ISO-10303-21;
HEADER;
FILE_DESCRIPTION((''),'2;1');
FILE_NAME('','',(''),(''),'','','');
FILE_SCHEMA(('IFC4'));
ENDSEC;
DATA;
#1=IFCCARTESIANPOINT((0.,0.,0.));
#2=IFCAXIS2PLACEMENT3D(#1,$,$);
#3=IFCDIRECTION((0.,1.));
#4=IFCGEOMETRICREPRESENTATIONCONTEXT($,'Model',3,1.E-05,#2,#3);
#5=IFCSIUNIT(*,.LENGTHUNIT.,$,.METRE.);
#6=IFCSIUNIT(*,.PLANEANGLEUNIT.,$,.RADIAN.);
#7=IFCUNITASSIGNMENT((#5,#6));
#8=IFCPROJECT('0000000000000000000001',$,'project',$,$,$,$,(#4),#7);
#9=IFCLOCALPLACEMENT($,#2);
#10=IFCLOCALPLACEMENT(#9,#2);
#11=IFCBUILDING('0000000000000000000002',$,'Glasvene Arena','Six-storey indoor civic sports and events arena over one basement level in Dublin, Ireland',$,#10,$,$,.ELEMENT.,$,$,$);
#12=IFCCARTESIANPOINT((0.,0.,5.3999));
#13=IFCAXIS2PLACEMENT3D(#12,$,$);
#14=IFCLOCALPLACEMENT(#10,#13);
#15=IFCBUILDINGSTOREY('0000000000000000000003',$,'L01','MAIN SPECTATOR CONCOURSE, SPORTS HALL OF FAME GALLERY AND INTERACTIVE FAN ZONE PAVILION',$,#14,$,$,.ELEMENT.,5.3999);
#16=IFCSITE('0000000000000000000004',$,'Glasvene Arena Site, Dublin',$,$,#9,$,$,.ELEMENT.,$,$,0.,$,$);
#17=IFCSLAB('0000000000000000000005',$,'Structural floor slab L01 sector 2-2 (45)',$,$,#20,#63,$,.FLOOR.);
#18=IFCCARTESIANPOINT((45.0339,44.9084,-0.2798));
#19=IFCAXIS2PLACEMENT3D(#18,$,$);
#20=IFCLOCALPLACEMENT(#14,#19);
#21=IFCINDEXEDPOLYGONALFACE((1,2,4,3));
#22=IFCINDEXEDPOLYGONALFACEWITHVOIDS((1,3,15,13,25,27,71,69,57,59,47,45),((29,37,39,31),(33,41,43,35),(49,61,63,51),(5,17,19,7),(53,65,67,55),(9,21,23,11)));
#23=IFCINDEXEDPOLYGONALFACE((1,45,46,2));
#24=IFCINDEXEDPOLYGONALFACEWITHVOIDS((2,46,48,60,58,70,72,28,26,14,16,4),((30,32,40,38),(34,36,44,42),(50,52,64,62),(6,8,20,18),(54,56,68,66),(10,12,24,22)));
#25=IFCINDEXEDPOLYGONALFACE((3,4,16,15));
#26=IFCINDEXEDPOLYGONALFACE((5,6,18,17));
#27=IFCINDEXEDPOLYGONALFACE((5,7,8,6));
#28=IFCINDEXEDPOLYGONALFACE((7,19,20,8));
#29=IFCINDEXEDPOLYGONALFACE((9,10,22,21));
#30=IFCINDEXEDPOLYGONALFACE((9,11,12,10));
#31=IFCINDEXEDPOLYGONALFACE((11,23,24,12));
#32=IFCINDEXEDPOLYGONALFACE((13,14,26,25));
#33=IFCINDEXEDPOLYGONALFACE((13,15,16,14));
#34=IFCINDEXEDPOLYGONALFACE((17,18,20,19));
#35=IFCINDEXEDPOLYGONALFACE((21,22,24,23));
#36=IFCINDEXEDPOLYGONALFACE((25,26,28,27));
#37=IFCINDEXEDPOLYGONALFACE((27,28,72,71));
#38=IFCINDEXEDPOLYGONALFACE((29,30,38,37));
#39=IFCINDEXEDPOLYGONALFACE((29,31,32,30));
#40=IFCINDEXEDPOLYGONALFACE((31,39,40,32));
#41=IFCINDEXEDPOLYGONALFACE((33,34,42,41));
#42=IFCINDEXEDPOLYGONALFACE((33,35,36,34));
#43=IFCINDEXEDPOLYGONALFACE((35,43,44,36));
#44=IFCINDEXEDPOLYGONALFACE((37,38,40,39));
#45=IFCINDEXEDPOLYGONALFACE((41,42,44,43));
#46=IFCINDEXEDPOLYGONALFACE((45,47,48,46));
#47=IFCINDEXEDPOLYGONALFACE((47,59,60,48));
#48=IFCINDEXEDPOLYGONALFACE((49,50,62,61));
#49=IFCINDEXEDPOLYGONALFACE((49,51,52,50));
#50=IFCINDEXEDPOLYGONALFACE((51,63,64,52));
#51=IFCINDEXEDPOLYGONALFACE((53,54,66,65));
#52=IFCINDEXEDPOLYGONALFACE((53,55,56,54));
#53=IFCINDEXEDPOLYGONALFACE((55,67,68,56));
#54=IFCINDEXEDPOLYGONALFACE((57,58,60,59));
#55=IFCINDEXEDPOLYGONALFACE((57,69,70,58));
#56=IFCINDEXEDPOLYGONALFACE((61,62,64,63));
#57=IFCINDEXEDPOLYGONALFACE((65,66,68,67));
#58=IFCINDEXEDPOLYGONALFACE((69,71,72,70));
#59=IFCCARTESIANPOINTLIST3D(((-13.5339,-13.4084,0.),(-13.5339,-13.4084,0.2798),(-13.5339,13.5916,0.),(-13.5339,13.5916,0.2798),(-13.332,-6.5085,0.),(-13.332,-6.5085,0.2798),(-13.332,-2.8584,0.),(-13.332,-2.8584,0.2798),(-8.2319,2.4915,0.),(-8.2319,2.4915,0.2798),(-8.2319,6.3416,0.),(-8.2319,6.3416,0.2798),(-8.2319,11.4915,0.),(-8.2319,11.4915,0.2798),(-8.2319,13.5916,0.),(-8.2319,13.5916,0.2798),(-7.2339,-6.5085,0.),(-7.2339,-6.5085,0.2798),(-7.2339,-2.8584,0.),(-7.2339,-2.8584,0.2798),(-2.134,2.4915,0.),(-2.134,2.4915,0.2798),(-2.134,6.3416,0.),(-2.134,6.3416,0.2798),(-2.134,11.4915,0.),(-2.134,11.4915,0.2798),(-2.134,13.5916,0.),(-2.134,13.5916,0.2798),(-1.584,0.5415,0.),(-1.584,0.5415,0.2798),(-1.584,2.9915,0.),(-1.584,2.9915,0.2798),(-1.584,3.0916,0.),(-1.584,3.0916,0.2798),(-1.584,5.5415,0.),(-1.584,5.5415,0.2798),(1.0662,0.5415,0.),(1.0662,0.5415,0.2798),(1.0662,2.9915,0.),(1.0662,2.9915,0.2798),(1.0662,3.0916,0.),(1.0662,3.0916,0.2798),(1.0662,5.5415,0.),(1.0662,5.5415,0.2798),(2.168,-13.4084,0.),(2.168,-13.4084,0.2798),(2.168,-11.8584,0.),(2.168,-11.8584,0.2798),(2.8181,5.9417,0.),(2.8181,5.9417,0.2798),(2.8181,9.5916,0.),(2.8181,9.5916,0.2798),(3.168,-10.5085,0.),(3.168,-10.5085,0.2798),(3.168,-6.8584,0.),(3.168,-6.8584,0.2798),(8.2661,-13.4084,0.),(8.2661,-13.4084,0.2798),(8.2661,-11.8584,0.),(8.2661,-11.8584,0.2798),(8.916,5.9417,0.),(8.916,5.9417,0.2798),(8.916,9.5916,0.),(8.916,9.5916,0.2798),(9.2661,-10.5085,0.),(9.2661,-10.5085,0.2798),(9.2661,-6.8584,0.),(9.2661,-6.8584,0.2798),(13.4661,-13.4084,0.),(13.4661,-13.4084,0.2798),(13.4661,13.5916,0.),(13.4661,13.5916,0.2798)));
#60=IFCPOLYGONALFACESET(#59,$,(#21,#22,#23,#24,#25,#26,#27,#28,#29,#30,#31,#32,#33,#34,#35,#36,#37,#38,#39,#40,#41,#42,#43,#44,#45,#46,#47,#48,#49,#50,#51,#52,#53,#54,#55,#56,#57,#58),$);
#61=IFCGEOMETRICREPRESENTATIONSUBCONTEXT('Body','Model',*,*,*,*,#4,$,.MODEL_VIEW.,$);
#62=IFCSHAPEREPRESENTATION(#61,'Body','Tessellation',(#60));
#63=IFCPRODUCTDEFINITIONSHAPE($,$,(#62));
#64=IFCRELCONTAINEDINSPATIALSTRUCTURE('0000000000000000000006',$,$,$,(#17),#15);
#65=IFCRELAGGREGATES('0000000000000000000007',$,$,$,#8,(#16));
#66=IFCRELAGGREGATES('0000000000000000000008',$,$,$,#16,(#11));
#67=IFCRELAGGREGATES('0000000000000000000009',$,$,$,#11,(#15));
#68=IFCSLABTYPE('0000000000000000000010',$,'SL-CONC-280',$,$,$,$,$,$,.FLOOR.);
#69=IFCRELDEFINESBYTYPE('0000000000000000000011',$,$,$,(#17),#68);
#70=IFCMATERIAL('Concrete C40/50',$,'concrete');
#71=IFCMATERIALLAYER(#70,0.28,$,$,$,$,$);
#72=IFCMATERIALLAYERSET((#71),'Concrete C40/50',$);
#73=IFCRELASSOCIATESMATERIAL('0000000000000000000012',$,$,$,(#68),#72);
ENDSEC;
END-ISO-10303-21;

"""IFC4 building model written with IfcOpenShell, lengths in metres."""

from ifc_helpers import new_model, si_unit, direction, frame, origin, place, context, subcontext, project, spatial, polyline, outline, extrude, material, layer, layer_set, type_object, element, save


model = new_model("IFC4")

# Units and contexts
model_context = context("Model", 3, precision=1e-05, world=origin(), true_north=direction((0.0, 1.0)))
body_context = subcontext(model_context, "Body", "Model", "MODEL_VIEW")
ifc_project = project(units=[si_unit("LENGTHUNIT", "METRE"), si_unit("PLANEANGLEUNIT", "RADIAN")], contexts=[model_context])

# Site, building, storey
site_placement = place(None, origin())
site = spatial("IfcSite", under=ifc_project, at=site_placement, Name="Glasvene Arena Site, Dublin", CompositionType="ELEMENT", RefElevation=0.0)
building_placement = place(site_placement, origin())
building = spatial("IfcBuilding", under=site, at=building_placement, Name="Glasvene Arena", Description="Six-storey indoor civic sports and events arena over one basement level in Dublin, Ireland", CompositionType="ELEMENT")
storey_placement = place(building_placement, frame((0.0, 0.0, 5.3999)))
storey = spatial("IfcBuildingStorey", under=building, at=storey_placement, Name="L01", Description="MAIN SPECTATOR CONCOURSE, SPORTS HALL OF FAME GALLERY AND INTERACTIVE FAN ZONE PAVILION", CompositionType="ELEMENT", Elevation=5.3999)

# Slab
ifc_material_1 = material(Name="Concrete C40/50", Category="concrete")
ifc_layer_1 = layer(ifc_material_1, 0.28)
ifc_layer_set_1 = layer_set([ifc_layer_1], Name="Concrete C40/50")
slab_type_1 = type_object("IfcSlabType", Name="SL-CONC-280", PredefinedType="FLOOR", material=ifc_layer_set_1)
slab_1_placement = place(storey_placement, frame((45.0339, 44.9084, -0.2798)))
element("IfcSlab", 1, at=slab_1_placement, inside=storey, type_object=slab_type_1, Name="Structural floor slab L01 sector 2-2 (45)", PredefinedType="FLOOR", context=body_context, shape_type="SweptSolid", body=[
    extrude(outline(polyline([(-13.5339, 13.5916), (-8.2319, 13.5916), (-8.2319, 11.4915), (-2.134, 11.4915), (-2.134, 13.5916), (13.4661, 13.5916), (13.4661, -13.4084), (8.2661, -13.4084), (8.2661, -11.8584), (2.168, -11.8584), (2.168, -13.4084), (-13.5339, -13.4084), (-13.5339, 13.5916)]), holes=[polyline([(-7.2339, -6.5085), (-7.2339, -2.8584), (-13.332, -2.8584), (-13.332, -6.5085), (-7.2339, -6.5085)]), polyline([(1.0662, 0.5415), (1.0662, 2.9915), (-1.584, 2.9915), (-1.584, 0.5415), (1.0662, 0.5415)]), polyline([(1.0662, 3.0916), (1.0662, 5.5415), (-1.584, 5.5415), (-1.584, 3.0916), (1.0662, 3.0916)]), polyline([(-2.134, 2.4915), (-2.134, 6.3416), (-8.2319, 6.3416), (-8.2319, 2.4915), (-2.134, 2.4915)]), polyline([(8.916, 5.9417), (8.916, 9.5916), (2.8181, 9.5916), (2.8181, 5.9417), (8.916, 5.9417)]), polyline([(9.2661, -10.5085), (9.2661, -6.8584), (3.168, -6.8584), (3.168, -10.5085), (9.2661, -10.5085)])]), origin(), (0.0, 0.0, 1.0), 0.2798),
])

save(model, "model.ifc")
